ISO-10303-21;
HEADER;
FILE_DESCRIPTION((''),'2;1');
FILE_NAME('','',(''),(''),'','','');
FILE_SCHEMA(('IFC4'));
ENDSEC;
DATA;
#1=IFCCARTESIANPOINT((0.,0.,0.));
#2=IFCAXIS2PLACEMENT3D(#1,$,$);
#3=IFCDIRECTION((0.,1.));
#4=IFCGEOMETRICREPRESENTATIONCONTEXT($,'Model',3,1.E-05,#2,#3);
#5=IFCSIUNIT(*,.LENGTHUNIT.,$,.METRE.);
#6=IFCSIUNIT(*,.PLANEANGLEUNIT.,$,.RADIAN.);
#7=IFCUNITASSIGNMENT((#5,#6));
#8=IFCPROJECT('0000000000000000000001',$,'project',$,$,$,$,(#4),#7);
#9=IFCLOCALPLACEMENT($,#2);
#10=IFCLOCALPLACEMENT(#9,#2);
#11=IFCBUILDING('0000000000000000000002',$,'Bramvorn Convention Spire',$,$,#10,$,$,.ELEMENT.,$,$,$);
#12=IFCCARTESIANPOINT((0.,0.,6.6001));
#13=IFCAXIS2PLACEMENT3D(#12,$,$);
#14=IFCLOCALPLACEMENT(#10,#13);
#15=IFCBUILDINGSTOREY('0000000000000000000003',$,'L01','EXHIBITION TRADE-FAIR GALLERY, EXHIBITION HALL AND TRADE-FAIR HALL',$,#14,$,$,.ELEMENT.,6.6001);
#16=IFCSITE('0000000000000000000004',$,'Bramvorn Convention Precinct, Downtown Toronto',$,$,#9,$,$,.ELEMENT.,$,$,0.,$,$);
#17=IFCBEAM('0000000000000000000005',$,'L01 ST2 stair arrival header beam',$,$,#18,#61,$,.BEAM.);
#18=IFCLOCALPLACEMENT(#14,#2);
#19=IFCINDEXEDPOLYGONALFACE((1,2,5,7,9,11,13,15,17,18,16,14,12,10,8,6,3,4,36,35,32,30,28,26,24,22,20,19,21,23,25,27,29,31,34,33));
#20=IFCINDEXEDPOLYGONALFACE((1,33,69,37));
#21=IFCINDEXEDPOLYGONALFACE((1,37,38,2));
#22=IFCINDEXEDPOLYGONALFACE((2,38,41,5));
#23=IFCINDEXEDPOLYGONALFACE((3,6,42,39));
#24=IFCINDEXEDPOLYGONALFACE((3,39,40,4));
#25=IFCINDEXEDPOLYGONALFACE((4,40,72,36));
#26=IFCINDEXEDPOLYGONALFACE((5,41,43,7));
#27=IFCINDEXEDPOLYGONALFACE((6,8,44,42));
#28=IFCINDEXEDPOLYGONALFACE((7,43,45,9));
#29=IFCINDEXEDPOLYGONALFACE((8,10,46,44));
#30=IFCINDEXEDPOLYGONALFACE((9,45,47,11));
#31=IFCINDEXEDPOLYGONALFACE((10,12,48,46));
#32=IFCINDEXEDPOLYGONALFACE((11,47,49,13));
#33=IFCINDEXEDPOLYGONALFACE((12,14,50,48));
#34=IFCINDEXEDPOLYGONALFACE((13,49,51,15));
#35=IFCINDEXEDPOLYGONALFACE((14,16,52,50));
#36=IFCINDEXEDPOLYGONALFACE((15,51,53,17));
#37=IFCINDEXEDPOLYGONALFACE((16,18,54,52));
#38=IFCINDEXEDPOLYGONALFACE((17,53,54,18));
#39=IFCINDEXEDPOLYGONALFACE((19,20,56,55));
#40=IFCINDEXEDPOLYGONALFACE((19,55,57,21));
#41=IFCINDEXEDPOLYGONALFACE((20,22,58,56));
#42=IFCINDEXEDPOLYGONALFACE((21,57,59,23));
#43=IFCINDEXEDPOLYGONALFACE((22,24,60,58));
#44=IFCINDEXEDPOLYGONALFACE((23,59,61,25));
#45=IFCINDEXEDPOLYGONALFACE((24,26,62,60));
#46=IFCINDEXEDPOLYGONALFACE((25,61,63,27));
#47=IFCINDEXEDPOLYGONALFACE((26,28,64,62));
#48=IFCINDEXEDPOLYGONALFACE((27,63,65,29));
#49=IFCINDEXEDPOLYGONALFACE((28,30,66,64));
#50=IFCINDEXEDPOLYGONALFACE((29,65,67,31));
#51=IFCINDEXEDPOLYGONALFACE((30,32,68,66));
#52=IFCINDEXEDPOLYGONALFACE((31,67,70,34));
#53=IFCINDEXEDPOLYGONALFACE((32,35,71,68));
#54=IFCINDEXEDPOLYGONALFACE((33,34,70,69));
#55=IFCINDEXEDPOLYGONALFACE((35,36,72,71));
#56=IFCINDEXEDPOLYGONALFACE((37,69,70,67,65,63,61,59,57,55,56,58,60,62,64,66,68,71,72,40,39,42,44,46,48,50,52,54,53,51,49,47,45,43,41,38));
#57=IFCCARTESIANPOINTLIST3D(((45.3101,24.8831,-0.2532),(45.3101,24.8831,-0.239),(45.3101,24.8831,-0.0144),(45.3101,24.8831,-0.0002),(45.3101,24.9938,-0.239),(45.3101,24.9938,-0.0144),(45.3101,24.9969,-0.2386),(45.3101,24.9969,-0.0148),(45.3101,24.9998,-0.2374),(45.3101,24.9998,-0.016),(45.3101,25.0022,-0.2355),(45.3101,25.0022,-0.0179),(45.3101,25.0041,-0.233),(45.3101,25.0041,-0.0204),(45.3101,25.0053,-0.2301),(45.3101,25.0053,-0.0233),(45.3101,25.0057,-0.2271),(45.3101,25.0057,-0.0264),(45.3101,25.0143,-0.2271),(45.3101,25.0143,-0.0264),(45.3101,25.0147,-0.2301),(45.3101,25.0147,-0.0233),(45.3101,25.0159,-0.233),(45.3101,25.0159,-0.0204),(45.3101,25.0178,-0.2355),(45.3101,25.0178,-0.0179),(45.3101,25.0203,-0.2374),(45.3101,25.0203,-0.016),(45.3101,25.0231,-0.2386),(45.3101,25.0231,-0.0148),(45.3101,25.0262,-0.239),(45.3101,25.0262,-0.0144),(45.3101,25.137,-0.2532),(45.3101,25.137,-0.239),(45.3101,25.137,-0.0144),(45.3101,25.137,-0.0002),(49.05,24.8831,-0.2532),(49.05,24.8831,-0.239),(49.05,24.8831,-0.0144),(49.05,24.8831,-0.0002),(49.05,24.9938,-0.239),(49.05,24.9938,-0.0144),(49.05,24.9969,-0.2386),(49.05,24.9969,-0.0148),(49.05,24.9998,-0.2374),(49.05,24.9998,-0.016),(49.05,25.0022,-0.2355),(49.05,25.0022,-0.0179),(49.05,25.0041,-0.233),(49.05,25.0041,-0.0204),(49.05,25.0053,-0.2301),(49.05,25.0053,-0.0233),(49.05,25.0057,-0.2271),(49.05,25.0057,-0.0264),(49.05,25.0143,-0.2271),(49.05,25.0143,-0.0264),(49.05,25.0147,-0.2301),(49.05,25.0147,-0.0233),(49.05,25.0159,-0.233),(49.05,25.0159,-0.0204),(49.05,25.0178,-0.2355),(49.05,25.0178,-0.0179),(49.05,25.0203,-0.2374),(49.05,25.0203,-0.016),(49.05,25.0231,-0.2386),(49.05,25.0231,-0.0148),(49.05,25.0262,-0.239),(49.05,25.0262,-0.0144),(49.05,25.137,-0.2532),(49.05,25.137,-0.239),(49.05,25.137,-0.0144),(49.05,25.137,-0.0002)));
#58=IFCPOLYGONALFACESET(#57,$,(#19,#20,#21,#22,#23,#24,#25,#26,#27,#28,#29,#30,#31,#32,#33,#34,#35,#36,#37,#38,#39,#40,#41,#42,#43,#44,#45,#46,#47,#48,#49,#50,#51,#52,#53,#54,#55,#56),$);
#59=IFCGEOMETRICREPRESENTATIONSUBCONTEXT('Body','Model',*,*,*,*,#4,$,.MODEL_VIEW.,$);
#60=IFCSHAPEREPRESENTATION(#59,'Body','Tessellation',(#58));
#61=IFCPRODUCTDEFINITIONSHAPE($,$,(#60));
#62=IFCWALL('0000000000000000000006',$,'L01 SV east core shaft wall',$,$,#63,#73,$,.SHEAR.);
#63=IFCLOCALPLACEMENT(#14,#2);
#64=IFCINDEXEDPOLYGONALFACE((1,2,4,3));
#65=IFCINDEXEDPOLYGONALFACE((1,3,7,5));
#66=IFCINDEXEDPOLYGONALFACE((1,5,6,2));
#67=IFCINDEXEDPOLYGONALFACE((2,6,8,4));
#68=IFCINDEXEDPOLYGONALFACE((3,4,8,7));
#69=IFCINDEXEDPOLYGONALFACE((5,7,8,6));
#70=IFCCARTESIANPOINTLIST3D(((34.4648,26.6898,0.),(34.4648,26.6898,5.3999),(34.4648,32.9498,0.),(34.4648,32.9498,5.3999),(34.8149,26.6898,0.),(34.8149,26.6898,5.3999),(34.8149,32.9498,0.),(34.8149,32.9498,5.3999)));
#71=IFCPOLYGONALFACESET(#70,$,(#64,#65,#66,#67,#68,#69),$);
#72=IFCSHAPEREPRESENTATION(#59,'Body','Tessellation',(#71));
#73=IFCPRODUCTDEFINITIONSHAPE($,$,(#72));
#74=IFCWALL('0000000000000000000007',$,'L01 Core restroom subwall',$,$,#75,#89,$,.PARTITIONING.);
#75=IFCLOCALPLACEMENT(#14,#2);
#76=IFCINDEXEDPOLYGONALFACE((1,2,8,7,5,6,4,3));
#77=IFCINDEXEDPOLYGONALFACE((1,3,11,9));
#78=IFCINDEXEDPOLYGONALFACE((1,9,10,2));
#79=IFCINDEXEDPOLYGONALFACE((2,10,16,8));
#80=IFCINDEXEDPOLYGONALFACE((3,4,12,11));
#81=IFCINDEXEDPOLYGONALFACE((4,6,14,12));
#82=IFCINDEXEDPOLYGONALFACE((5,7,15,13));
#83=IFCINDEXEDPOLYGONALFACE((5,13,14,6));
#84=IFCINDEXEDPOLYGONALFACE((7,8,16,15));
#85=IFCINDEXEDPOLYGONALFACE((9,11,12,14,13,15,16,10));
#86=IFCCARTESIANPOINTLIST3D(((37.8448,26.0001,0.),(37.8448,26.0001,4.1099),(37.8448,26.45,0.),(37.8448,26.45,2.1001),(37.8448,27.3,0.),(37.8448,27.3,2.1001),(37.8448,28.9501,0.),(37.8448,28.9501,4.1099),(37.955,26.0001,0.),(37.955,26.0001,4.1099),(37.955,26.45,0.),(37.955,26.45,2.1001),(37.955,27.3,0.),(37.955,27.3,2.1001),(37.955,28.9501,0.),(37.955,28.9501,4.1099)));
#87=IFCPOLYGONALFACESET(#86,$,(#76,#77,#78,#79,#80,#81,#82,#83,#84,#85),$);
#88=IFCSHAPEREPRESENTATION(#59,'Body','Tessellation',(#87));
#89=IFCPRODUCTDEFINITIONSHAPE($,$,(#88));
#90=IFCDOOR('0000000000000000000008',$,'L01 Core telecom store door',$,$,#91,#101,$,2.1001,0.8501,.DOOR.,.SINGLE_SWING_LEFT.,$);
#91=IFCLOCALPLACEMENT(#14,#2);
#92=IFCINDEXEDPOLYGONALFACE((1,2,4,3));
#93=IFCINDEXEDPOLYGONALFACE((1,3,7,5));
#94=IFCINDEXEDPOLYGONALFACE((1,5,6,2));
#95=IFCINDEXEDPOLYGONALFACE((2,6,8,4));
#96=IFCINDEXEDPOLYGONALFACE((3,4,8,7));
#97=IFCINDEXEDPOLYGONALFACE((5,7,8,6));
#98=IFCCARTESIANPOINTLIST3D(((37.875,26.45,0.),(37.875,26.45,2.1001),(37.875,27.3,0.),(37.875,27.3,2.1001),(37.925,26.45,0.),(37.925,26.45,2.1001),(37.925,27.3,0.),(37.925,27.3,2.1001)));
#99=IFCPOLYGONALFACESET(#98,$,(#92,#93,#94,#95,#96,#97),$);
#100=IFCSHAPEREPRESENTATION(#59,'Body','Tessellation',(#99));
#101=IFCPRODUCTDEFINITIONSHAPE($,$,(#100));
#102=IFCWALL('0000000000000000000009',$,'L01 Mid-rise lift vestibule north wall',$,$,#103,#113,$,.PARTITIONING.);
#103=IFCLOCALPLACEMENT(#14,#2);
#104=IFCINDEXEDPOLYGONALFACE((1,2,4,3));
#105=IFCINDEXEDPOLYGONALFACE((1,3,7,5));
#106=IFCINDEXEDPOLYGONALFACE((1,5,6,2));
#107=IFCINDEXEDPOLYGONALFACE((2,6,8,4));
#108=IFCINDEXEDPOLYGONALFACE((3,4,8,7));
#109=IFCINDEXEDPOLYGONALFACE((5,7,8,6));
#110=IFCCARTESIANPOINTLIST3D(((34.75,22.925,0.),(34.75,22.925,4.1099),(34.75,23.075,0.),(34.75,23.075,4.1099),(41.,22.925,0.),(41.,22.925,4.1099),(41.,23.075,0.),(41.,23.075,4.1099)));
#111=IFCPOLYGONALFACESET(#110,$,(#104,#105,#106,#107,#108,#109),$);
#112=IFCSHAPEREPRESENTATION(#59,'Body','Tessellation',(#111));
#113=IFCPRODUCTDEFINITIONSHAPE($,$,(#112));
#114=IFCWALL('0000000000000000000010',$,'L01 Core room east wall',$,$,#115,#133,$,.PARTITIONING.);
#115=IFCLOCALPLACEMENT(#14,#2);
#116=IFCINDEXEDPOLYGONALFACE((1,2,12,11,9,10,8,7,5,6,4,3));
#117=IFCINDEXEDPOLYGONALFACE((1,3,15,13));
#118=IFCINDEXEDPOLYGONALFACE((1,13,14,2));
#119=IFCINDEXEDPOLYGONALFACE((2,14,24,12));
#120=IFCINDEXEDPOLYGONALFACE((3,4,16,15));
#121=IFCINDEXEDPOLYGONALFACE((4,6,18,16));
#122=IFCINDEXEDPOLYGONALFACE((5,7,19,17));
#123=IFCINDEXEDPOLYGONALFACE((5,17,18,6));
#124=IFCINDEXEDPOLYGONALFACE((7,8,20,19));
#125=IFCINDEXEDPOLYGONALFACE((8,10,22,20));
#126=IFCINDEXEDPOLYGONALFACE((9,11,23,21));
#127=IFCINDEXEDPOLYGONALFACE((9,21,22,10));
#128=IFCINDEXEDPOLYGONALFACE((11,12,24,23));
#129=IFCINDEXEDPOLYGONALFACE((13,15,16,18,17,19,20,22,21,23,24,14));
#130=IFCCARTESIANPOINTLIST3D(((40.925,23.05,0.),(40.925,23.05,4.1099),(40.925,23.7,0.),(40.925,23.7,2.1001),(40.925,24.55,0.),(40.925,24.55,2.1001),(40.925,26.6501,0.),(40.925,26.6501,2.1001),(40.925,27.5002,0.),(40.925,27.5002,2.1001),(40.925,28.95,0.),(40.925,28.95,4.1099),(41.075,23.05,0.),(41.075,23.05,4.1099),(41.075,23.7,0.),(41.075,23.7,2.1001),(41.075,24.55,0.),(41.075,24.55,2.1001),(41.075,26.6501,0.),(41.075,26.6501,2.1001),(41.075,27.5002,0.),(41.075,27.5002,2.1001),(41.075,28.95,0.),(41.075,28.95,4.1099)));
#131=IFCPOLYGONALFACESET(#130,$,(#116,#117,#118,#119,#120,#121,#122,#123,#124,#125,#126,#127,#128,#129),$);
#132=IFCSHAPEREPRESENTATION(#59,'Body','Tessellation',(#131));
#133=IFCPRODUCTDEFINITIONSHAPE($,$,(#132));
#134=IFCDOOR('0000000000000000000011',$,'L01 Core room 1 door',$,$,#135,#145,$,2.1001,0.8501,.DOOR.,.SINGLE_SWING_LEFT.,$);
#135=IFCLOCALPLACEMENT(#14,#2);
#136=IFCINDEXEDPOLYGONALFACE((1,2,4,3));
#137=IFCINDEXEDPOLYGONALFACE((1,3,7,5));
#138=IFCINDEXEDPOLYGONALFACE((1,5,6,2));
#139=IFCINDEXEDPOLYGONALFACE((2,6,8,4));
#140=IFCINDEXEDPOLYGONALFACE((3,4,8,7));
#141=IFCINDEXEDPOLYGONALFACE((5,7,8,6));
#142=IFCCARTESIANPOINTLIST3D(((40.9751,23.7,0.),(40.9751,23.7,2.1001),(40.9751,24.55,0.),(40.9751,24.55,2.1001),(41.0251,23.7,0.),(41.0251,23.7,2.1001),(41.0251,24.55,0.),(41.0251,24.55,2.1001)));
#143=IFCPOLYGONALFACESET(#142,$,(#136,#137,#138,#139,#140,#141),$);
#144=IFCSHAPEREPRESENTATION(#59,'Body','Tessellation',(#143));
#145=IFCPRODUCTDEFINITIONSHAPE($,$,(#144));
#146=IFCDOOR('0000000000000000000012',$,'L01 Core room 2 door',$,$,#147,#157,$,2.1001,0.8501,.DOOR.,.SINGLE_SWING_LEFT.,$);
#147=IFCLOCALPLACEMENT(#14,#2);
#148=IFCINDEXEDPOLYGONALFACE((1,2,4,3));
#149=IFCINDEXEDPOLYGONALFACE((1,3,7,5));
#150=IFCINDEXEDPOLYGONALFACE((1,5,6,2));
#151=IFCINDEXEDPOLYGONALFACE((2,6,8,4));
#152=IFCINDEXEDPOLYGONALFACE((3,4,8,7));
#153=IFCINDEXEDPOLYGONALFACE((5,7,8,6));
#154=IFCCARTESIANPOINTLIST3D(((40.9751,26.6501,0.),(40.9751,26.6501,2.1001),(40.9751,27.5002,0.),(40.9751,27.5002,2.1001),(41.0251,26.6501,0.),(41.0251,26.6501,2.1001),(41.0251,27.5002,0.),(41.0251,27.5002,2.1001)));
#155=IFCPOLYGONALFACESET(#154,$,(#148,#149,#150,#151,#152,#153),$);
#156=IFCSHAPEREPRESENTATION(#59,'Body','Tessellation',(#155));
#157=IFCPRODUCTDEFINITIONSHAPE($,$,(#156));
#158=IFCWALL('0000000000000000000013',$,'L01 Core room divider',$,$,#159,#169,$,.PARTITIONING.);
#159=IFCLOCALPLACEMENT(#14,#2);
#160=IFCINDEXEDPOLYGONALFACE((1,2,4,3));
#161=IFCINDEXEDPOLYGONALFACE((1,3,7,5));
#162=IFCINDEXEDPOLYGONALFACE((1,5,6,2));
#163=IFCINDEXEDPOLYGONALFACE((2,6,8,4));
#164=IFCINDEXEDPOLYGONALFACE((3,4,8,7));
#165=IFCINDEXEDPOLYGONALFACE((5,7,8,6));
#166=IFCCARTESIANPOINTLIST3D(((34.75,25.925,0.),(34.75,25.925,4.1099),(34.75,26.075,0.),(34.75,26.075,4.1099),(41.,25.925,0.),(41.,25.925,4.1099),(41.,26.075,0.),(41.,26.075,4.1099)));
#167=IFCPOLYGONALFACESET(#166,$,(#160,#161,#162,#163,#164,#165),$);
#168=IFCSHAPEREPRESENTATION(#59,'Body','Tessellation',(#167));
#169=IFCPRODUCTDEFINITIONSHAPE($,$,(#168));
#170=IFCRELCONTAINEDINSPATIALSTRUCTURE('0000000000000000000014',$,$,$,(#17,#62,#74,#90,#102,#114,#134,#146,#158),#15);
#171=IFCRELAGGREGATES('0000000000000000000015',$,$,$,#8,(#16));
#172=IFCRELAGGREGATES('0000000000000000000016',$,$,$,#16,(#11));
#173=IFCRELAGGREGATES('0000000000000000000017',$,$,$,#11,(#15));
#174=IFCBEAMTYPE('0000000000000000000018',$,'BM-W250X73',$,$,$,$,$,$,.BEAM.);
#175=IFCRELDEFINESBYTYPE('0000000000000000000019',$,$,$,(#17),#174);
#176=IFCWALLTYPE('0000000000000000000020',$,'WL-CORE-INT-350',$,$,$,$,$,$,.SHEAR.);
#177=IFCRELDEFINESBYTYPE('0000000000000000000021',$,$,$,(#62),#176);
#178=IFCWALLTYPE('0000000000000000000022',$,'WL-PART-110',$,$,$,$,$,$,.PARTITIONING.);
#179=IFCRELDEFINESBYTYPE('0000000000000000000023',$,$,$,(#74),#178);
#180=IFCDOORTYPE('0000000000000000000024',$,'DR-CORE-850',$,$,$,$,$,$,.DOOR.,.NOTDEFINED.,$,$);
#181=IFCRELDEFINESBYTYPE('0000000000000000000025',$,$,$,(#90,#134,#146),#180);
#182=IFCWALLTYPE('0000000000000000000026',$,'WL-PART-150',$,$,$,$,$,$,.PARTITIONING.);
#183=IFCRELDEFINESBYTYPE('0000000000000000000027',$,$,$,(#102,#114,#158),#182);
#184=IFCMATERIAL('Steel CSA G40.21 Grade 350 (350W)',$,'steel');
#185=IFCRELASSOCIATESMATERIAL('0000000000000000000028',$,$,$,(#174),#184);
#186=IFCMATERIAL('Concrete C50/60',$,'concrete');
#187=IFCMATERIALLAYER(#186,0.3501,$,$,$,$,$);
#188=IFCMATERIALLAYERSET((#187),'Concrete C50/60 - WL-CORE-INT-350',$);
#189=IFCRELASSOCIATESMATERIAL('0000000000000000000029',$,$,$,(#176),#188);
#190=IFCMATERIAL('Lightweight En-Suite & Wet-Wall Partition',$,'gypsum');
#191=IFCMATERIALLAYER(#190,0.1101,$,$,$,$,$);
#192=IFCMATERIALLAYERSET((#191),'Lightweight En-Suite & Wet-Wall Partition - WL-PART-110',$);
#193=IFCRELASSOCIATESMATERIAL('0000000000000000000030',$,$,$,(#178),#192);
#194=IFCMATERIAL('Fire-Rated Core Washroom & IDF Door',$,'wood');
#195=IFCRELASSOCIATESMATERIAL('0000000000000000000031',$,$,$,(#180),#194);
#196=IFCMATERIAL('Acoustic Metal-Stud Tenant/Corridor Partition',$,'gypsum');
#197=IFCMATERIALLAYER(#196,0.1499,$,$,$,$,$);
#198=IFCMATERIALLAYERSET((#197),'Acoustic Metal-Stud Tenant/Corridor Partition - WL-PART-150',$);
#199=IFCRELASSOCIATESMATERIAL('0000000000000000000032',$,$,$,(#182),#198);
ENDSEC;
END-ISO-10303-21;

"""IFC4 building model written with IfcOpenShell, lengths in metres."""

from ifc_helpers import new_model, si_unit, direction, frame, frame_2d, origin, origin_2d, place, context, subcontext, project, spatial, rectangle, i_section, extrude, material, layer, layer_set, material_profile, profile_set, type_object, element, fill, save


model = new_model("IFC4")

# Units and contexts
model_context = context("Model", 3, precision=1e-05, world=origin(), true_north=direction((0.0, 1.0)))
body_context = subcontext(model_context, "Body", "Model", "MODEL_VIEW")
ifc_project = project(units=[si_unit("LENGTHUNIT", "METRE"), si_unit("PLANEANGLEUNIT", "RADIAN")], contexts=[model_context])

# Site, building, storey
site_placement = place(None, origin())
site = spatial("IfcSite", under=ifc_project, at=site_placement, Name="Bramvorn Convention Precinct, Downtown Toronto", CompositionType="ELEMENT", RefElevation=0.0)
building_placement = place(site_placement, origin())
building = spatial("IfcBuilding", under=site, at=building_placement, Name="Bramvorn Convention Spire", CompositionType="ELEMENT")
storey_placement = place(building_placement, frame((0.0, 0.0, 6.6001)))
storey = spatial("IfcBuildingStorey", under=building, at=storey_placement, Name="L01", Description="EXHIBITION TRADE-FAIR GALLERY, EXHIBITION HALL AND TRADE-FAIR HALL", CompositionType="ELEMENT", Elevation=6.6001)

# Beam
ifc_material_1 = material(Name="Steel CSA G40.21 Grade 350 (350W)", Category="steel")
ifc_material_profile = material_profile(ifc_material_1, i_section(OverallWidth=0.2539, OverallDepth=0.2529, WebThickness=0.0085, FlangeThickness=0.0142, FilletRadius=0.012, at=origin_2d()))
ifc_profile_set = profile_set([ifc_material_profile], Name="Steel CSA G40.21 Grade 350 (350W) - W250X73")
beam_type = type_object("IfcBeamType", Name="BM-W250X73", PredefinedType="BEAM", material=ifc_profile_set)
beam_placement = place(storey_placement, frame((45.3101, 25.01, -0.1267), z_axis=(1.0, 0.0, 0.0), x_axis=(0.0, 1.0, 0.0)))
element("IfcBeam", 1, at=beam_placement, inside=storey, type_object=beam_type, Name="L01 ST2 stair arrival header beam", PredefinedType="BEAM", context=body_context, shape_type="SweptSolid", body=[
    extrude(i_section(OverallWidth=0.2539, OverallDepth=0.2529, WebThickness=0.0085, FlangeThickness=0.0142, FilletRadius=0.012, at=origin_2d()), origin(), (0.0, 0.0, 1.0), 3.74),
])

# Wall
ifc_material_2 = material(Name="Concrete C50/60", Category="concrete")
ifc_layer_1 = layer(ifc_material_2, 0.3501)
ifc_layer_set_1 = layer_set([ifc_layer_1], Name="Concrete C50/60 - WL-CORE-INT-350")
wall_type_1 = type_object("IfcWallType", Name="WL-CORE-INT-350", PredefinedType="SHEAR", material=ifc_layer_set_1)
wall_1_placement = place(storey_placement, frame((34.6399, 26.6899, 0.0), z_axis=(0.0, 0.0, 1.0), x_axis=(0.0, 1.0, 0.0)))
element("IfcWall", 2, at=wall_1_placement, inside=storey, type_object=wall_type_1, Name="L01 SV east core shaft wall", PredefinedType="SHEAR", context=body_context, shape_type="SweptSolid", body=[
    extrude(rectangle(XDim=6.26, YDim=0.3501, at=frame_2d((3.1299, 0.0))), origin(), (0.0, 0.0, 1.0), 5.3999),
])

# Wall, opening, door
ifc_material_3 = material(Name="Lightweight En-Suite & Wet-Wall Partition", Category="gypsum")
ifc_layer_2 = layer(ifc_material_3, 0.1101)
ifc_layer_set_2 = layer_set([ifc_layer_2], Name="Lightweight En-Suite & Wet-Wall Partition - WL-PART-110")
wall_type_2 = type_object("IfcWallType", Name="WL-PART-110", PredefinedType="PARTITIONING", material=ifc_layer_set_2)
wall_2_placement = place(storey_placement, frame((37.8999, 26.0, 0.0), z_axis=(0.0, 0.0, 1.0), x_axis=(0.0, 1.0, 0.0)))
wall_2 = element("IfcWall", 3, at=wall_2_placement, inside=storey, type_object=wall_type_2, Name="L01 Core restroom subwall", PredefinedType="PARTITIONING", context=body_context, shape_type="SweptSolid", body=[
    extrude(rectangle(XDim=2.95, YDim=0.1101, at=frame_2d((1.4751, 0.0))), origin(), (0.0, 0.0, 1.0), 4.1099),
])
opening_1_placement = place(wall_2_placement, frame((0.45, 0.0, 0.0)))
opening_1 = element("IfcOpeningElement", 4, at=opening_1_placement, cuts=wall_2, PredefinedType="OPENING", context=body_context, shape_type="SweptSolid", body=[
    extrude(rectangle(XDim=0.8501, YDim=2.1001, at=frame_2d((0.425, 1.05))), frame((0.0, 0.0649, 0.0), z_axis=(0.0, -1.0, 0.0), x_axis=(1.0, 0.0, 0.0)), (0.0, 0.0, 1.0), 0.1301),
])
ifc_material_4 = material(Name="Fire-Rated Core Washroom & IDF Door", Category="wood")
door_type = type_object("IfcDoorType", Name="DR-CORE-850", OperationType="NOTDEFINED", PredefinedType="DOOR", material=ifc_material_4)
door_1_placement = place(opening_1_placement, origin())
door_1 = element("IfcDoor", 5, at=door_1_placement, inside=storey, type_object=door_type, Name="L01 Core telecom store door", OperationType="SINGLE_SWING_LEFT", OverallHeight=2.1001, OverallWidth=0.8501, PredefinedType="DOOR", context=body_context, shape_type="SweptSolid", body=[
    extrude(rectangle(XDim=0.8501, YDim=2.1001, at=frame_2d((0.425, 1.05))), frame((0.0, 0.0249, 0.0), z_axis=(0.0, -1.0, 0.0), x_axis=(1.0, 0.0, 0.0)), (0.0, 0.0, 1.0), 0.05),
])
fill(opening_1, door_1)

# Wall
ifc_material_5 = material(Name="Acoustic Metal-Stud Tenant/Corridor Partition", Category="gypsum")
ifc_layer_3 = layer(ifc_material_5, 0.1499)
ifc_layer_set_3 = layer_set([ifc_layer_3], Name="Acoustic Metal-Stud Tenant/Corridor Partition - WL-PART-150")
wall_type_3 = type_object("IfcWallType", Name="WL-PART-150", PredefinedType="PARTITIONING", material=ifc_layer_set_3)
wall_3_placement = place(storey_placement, frame((34.75, 23.0, 0.0), z_axis=(0.0, 0.0, 1.0), x_axis=(1.0, 0.0, 0.0)))
element("IfcWall", 6, at=wall_3_placement, inside=storey, type_object=wall_type_3, Name="L01 Mid-rise lift vestibule north wall", PredefinedType="PARTITIONING", context=body_context, shape_type="SweptSolid", body=[
    extrude(rectangle(XDim=6.25, YDim=0.1499, at=frame_2d((3.125, 0.0))), origin(), (0.0, 0.0, 1.0), 4.1099),
])

# Wall, openings, doors
wall_4_placement = place(storey_placement, frame((41.0, 23.05, 0.0), z_axis=(0.0, 0.0, 1.0), x_axis=(0.0, 1.0, 0.0)))
wall_4 = element("IfcWall", 7, at=wall_4_placement, inside=storey, type_object=wall_type_3, Name="L01 Core room east wall", PredefinedType="PARTITIONING", context=body_context, shape_type="SweptSolid", body=[
    extrude(rectangle(XDim=5.8999, YDim=0.1499, at=frame_2d((2.95, 0.0))), origin(), (0.0, 0.0, 1.0), 4.1099),
])
opening_2_placement = place(wall_4_placement, frame((0.6499, 0.0, 0.0)))
opening_2 = element("IfcOpeningElement", 8, at=opening_2_placement, cuts=wall_4, PredefinedType="OPENING", context=body_context, shape_type="SweptSolid", body=[
    extrude(rectangle(XDim=0.8501, YDim=2.1001, at=frame_2d((0.425, 1.05))), frame((0.0, 0.085, 0.0), z_axis=(0.0, -1.0, 0.0), x_axis=(1.0, 0.0, 0.0)), (0.0, 0.0, 1.0), 0.1699),
])
opening_3_placement = place(wall_4_placement, frame((3.6001, 0.0, 0.0)))
opening_3 = element("IfcOpeningElement", 9, at=opening_3_placement, cuts=wall_4, PredefinedType="OPENING", context=body_context, shape_type="SweptSolid", body=[
    extrude(rectangle(XDim=0.8501, YDim=2.1001, at=frame_2d((0.425, 1.05))), frame((0.0, 0.085, 0.0), z_axis=(0.0, -1.0, 0.0), x_axis=(1.0, 0.0, 0.0)), (0.0, 0.0, 1.0), 0.1699),
])
door_2_placement = place(opening_2_placement, origin())
door_2 = element("IfcDoor", 10, at=door_2_placement, inside=storey, type_object=door_type, Name="L01 Core room 1 door", OperationType="SINGLE_SWING_LEFT", OverallHeight=2.1001, OverallWidth=0.8501, PredefinedType="DOOR", context=body_context, shape_type="SweptSolid", body=[
    extrude(rectangle(XDim=0.8501, YDim=2.1001, at=frame_2d((0.425, 1.05))), frame((0.0, 0.0249, 0.0), z_axis=(0.0, -1.0, 0.0), x_axis=(1.0, 0.0, 0.0)), (0.0, 0.0, 1.0), 0.05),
])
fill(opening_2, door_2)
door_3_placement = place(opening_3_placement, origin())
door_3 = element("IfcDoor", 11, at=door_3_placement, inside=storey, type_object=door_type, Name="L01 Core room 2 door", OperationType="SINGLE_SWING_LEFT", OverallHeight=2.1001, OverallWidth=0.8501, PredefinedType="DOOR", context=body_context, shape_type="SweptSolid", body=[
    extrude(rectangle(XDim=0.8501, YDim=2.1001, at=frame_2d((0.425, 1.05))), frame((0.0, 0.0249, 0.0), z_axis=(0.0, -1.0, 0.0), x_axis=(1.0, 0.0, 0.0)), (0.0, 0.0, 1.0), 0.05),
])
fill(opening_3, door_3)

# Wall
wall_5_placement = place(storey_placement, frame((34.75, 26.0, 0.0), z_axis=(0.0, 0.0, 1.0), x_axis=(1.0, 0.0, 0.0)))
element("IfcWall", 12, at=wall_5_placement, inside=storey, type_object=wall_type_3, Name="L01 Core room divider", PredefinedType="PARTITIONING", context=body_context, shape_type="SweptSolid", body=[
    extrude(rectangle(XDim=6.25, YDim=0.1499, at=frame_2d((3.125, 0.0))), origin(), (0.0, 0.0, 1.0), 4.1099),
])

save(model, "model.ifc")
